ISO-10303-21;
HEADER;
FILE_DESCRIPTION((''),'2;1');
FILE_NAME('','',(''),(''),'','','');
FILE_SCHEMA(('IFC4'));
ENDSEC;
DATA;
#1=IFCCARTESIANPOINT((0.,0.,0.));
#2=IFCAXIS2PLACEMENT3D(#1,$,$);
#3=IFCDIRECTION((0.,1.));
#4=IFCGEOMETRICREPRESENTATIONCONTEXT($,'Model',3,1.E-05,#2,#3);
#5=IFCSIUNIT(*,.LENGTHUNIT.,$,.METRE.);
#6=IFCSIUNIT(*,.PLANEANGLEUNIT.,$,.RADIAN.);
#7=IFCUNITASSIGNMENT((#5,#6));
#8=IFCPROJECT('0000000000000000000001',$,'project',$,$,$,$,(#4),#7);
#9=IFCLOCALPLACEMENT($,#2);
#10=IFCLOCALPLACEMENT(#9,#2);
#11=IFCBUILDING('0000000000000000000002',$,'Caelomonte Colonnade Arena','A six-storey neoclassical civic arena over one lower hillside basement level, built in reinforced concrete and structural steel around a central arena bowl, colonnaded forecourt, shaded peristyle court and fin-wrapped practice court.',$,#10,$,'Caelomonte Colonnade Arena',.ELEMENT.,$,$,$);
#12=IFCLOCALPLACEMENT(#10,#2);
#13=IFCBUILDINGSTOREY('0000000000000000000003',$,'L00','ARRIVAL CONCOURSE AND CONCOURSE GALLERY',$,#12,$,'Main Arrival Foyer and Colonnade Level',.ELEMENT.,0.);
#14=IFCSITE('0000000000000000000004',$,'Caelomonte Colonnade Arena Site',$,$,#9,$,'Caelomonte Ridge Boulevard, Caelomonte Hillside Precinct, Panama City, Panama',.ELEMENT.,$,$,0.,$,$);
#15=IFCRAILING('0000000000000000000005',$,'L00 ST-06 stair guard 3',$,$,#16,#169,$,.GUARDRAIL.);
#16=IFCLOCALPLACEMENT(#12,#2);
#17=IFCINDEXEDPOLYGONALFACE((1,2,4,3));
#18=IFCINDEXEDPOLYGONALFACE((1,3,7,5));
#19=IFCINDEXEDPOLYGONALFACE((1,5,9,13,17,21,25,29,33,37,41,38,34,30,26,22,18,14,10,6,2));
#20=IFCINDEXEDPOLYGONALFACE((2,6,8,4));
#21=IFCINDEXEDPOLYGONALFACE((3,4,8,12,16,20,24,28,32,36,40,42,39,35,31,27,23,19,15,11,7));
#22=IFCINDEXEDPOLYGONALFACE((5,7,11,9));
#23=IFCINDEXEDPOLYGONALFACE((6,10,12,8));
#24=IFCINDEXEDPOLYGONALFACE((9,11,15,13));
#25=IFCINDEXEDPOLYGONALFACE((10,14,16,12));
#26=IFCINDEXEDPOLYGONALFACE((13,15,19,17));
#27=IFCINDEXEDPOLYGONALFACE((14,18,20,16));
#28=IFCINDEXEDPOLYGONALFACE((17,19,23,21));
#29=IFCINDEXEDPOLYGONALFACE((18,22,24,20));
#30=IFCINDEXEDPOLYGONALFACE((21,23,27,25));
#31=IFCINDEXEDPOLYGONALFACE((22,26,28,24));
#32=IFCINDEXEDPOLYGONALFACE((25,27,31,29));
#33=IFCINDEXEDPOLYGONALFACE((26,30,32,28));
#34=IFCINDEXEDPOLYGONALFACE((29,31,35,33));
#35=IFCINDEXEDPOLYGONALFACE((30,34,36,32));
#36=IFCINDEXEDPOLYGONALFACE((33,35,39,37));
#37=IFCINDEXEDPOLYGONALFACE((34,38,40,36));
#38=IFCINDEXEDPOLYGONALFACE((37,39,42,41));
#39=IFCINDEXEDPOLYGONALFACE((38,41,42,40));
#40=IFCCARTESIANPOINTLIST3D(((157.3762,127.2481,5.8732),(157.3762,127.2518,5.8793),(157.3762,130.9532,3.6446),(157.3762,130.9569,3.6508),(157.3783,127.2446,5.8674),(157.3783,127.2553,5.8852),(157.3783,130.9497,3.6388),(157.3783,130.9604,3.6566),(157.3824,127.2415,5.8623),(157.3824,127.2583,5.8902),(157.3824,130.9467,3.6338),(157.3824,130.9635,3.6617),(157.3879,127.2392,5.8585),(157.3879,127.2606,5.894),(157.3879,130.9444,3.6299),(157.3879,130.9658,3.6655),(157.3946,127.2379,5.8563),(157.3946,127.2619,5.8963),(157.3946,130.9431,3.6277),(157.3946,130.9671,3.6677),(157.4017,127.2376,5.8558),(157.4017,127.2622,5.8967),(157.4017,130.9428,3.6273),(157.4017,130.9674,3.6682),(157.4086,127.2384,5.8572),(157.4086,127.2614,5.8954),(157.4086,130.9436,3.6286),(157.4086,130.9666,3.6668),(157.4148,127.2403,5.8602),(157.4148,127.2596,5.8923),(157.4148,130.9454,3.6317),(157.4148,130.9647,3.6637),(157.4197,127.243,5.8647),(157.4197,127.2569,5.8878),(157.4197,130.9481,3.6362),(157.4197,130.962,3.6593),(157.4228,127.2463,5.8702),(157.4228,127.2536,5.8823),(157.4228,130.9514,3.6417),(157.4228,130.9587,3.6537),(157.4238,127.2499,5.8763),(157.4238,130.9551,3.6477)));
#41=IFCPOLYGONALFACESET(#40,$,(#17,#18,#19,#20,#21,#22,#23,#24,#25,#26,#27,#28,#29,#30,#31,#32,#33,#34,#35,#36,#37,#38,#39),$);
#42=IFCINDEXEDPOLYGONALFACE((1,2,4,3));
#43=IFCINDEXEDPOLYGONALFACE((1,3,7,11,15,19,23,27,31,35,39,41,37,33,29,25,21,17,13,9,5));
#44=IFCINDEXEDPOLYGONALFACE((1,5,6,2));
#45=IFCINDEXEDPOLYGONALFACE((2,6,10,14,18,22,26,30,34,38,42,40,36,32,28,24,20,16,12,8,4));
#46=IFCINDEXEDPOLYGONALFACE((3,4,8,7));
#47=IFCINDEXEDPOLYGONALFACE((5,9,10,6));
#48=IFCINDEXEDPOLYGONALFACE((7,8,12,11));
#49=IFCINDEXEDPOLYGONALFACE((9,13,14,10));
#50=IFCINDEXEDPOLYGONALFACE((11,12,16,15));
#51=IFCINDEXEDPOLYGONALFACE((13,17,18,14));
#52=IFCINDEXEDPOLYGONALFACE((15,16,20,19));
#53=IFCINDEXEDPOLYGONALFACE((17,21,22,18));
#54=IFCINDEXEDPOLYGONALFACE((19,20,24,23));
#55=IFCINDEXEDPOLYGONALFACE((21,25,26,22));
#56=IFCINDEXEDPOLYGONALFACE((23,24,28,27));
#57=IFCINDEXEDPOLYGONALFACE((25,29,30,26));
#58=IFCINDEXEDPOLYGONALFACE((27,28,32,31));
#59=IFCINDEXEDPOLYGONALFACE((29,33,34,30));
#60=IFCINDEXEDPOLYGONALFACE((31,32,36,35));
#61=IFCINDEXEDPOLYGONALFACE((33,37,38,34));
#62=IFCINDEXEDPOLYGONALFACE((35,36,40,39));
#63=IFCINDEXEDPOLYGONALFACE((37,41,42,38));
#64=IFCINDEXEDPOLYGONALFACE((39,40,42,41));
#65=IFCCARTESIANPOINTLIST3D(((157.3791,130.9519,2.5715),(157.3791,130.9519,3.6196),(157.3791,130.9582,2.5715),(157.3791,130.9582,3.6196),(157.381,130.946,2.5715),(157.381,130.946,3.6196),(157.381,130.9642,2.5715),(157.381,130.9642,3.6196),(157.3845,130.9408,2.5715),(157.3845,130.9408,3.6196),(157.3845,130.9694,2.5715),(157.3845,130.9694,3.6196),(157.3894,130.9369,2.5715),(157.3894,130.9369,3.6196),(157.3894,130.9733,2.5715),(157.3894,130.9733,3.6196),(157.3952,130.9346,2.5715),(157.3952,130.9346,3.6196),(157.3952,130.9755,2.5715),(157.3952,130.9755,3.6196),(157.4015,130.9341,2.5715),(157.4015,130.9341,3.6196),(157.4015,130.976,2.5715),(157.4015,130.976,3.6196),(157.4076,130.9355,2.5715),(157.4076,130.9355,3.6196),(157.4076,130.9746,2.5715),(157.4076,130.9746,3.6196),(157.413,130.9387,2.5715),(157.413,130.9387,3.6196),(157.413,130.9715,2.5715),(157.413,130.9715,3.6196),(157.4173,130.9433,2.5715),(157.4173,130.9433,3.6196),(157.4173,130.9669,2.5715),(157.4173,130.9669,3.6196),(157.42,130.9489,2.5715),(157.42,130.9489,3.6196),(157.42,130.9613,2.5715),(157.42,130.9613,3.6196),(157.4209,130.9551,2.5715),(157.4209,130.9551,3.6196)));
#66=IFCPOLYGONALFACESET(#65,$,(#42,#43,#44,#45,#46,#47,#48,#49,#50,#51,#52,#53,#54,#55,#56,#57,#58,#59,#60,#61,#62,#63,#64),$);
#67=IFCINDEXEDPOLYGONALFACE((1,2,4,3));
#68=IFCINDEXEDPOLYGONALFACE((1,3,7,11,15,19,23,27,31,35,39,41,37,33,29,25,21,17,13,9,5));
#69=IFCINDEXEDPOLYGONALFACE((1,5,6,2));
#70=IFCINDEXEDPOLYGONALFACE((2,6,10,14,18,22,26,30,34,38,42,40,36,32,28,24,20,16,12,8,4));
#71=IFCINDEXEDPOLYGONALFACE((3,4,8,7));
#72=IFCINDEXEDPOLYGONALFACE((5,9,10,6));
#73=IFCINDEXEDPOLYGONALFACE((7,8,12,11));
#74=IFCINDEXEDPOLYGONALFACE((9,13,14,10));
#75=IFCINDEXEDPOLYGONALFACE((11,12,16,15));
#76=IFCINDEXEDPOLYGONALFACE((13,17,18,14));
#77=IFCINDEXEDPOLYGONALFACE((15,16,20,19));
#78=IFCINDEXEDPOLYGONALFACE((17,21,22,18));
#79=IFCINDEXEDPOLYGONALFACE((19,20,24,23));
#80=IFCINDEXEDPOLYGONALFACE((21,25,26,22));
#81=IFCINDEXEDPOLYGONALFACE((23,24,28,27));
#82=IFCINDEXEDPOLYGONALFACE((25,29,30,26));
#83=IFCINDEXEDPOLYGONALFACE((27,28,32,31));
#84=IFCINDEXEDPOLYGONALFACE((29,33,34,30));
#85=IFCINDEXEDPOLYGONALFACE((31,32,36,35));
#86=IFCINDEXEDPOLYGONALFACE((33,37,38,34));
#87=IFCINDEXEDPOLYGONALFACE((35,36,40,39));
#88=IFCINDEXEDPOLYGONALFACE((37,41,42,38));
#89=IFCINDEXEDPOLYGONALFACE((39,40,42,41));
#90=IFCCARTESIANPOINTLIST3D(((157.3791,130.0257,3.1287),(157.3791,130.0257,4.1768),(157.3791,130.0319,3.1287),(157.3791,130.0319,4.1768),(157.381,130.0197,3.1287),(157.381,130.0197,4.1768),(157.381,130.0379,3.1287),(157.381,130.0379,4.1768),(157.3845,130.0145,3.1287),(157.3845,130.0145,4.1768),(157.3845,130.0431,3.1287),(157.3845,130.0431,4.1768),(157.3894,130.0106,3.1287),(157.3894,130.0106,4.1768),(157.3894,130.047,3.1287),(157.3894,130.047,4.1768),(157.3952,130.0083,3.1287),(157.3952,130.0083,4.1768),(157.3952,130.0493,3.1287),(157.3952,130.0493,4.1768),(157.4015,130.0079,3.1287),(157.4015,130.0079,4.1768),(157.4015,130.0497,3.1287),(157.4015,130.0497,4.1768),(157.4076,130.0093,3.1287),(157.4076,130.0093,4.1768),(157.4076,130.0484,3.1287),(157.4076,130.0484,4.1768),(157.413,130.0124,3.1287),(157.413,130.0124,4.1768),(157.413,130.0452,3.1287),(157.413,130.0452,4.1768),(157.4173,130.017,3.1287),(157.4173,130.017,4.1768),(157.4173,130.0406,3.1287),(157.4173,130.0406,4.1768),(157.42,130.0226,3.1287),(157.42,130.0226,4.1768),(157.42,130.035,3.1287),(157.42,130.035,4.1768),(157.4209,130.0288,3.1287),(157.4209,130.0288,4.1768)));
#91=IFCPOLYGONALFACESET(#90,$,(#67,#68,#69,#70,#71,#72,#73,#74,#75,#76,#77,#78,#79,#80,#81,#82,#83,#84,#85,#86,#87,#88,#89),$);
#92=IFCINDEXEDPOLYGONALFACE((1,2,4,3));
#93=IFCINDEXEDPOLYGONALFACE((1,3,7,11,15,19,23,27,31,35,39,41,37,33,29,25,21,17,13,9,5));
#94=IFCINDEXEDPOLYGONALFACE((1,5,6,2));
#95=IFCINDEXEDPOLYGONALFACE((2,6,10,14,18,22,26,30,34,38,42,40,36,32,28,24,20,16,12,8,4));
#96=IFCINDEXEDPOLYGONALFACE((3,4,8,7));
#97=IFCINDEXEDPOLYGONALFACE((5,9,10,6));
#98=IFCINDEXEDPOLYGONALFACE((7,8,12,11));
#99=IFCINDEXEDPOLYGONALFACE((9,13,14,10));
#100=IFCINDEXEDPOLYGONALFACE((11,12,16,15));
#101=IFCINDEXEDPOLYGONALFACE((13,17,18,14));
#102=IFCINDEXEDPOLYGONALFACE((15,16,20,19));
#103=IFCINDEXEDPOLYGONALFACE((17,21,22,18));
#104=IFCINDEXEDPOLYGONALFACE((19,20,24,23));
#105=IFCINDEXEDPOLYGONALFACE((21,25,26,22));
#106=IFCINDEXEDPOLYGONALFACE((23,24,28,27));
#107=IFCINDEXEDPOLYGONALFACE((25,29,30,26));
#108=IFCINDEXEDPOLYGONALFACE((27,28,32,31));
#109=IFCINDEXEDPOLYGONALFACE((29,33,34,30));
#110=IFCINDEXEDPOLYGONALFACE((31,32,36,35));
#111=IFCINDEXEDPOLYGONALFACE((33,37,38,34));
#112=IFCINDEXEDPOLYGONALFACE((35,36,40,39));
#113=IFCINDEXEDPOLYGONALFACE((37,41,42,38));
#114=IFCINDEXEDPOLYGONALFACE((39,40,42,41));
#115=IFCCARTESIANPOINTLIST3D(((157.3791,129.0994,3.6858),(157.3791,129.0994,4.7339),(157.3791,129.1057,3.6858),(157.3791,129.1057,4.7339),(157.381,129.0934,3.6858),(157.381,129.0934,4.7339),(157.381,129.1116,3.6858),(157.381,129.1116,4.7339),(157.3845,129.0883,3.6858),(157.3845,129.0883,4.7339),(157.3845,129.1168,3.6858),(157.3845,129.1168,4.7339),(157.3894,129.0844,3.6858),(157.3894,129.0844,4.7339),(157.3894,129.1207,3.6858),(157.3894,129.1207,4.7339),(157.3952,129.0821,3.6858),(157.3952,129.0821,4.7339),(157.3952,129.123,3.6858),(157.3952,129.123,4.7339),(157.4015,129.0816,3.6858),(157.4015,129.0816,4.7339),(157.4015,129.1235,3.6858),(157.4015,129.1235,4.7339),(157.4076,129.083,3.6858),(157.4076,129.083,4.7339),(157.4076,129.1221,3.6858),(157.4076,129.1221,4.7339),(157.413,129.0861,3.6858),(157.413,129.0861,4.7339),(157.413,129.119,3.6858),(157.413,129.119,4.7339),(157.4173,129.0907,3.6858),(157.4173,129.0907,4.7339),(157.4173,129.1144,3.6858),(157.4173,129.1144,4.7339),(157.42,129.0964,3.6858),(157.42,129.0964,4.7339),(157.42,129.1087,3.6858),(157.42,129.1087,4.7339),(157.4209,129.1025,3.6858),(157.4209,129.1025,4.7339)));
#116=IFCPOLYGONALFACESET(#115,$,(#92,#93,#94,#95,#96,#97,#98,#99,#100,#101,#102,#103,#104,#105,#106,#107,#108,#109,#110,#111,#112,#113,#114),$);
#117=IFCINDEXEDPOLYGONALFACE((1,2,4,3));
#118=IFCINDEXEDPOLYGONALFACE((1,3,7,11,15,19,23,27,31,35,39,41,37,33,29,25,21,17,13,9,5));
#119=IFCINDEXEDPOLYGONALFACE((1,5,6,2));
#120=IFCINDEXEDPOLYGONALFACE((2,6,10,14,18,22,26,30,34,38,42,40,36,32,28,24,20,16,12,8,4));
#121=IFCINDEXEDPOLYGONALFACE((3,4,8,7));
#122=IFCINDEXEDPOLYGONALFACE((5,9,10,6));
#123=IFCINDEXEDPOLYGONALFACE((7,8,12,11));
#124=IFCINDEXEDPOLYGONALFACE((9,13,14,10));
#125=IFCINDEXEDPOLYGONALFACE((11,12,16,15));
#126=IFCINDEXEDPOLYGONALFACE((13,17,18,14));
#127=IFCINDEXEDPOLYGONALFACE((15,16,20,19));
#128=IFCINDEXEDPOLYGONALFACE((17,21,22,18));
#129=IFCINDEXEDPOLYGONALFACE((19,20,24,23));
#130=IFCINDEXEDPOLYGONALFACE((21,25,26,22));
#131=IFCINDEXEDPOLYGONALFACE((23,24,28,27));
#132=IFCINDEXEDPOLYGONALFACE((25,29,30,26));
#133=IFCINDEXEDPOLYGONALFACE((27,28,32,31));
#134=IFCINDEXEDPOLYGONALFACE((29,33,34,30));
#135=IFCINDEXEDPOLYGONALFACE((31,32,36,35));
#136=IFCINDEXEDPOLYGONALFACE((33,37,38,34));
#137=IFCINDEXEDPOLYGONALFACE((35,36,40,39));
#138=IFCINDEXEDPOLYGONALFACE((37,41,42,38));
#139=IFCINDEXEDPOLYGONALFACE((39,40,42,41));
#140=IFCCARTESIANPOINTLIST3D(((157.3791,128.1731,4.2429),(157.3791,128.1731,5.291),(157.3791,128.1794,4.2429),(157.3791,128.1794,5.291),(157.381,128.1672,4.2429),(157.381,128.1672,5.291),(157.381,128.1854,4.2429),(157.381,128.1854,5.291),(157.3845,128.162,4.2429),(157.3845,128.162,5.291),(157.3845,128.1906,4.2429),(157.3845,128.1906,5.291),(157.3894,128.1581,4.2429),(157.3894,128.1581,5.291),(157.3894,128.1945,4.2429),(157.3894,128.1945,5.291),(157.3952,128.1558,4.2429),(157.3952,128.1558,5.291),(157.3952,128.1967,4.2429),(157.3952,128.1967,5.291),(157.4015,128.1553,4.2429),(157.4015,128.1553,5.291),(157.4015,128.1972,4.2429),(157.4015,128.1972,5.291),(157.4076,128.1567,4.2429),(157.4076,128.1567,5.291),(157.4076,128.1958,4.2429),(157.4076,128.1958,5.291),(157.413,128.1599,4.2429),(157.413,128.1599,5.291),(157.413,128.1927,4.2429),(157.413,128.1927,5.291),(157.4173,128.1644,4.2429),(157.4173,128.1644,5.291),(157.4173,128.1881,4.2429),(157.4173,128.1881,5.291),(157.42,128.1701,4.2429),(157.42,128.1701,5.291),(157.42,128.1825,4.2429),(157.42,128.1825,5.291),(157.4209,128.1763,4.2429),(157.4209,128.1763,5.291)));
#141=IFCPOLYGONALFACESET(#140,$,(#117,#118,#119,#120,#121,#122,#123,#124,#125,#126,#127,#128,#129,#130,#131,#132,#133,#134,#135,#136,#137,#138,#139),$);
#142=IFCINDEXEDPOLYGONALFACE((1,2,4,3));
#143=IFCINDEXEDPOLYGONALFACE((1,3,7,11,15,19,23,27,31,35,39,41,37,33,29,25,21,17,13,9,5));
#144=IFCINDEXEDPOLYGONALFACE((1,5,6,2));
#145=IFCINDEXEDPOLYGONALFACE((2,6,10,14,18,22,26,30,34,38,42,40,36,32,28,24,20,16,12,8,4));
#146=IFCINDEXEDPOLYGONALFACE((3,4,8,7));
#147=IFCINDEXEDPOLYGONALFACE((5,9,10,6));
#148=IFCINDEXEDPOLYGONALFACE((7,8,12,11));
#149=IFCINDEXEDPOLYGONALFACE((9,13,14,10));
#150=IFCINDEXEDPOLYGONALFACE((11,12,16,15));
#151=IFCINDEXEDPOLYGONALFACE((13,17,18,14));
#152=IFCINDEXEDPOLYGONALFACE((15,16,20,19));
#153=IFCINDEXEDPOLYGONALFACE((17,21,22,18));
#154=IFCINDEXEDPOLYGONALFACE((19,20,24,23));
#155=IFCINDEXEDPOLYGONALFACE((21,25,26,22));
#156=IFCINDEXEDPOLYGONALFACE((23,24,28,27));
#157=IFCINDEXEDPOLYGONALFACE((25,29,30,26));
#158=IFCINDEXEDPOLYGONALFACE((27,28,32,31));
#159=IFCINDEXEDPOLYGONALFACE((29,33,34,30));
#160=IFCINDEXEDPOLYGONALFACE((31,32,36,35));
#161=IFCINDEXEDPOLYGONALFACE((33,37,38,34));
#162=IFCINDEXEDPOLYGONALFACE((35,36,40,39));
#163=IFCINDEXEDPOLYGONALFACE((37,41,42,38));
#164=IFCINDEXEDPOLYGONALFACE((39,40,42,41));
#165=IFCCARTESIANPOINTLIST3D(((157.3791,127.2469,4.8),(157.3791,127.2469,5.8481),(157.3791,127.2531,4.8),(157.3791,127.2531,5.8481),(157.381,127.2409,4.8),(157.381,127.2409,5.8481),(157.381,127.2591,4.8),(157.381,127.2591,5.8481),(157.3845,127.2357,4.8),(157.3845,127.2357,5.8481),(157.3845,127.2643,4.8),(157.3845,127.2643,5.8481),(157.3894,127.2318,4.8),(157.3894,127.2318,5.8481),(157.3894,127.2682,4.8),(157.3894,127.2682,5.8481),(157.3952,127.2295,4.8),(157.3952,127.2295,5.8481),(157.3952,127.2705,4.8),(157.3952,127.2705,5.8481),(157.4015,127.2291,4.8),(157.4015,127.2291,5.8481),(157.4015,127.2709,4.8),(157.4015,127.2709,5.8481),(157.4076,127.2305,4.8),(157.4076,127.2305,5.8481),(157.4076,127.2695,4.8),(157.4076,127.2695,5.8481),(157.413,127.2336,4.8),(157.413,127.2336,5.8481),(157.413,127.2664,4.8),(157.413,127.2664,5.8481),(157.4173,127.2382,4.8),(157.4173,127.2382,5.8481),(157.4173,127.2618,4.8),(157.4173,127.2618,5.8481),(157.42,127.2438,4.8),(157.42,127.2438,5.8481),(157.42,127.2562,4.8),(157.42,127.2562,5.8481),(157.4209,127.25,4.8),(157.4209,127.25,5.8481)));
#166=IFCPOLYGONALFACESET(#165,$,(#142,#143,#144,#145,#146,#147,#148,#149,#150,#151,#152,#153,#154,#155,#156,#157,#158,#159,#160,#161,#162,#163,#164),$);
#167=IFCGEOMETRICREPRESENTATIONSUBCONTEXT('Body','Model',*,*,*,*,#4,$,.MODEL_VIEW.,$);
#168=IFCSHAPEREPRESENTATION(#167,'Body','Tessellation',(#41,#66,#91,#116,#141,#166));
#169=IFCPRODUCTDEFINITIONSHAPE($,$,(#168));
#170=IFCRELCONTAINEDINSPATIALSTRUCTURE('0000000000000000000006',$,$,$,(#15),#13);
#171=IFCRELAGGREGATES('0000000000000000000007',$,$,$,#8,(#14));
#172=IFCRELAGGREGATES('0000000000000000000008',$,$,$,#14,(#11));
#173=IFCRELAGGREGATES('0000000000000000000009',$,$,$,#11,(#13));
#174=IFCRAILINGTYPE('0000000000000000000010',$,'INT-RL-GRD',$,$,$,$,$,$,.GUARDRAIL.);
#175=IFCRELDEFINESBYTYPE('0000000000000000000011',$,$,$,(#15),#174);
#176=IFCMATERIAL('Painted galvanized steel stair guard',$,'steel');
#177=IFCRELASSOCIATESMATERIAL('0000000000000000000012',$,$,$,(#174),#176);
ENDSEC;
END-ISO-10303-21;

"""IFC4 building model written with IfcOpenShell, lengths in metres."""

from ifc_helpers import new_model, si_unit, direction, frame, origin, origin_2d, place, context, subcontext, project, spatial, circle, extrude, material, type_object, element, save


model = new_model("IFC4")

# Units and contexts
model_context = context("Model", 3, precision=1e-05, world=origin(), true_north=direction((0.0, 1.0)))
body_context = subcontext(model_context, "Body", "Model", "MODEL_VIEW")
ifc_project = project(units=[si_unit("LENGTHUNIT", "METRE"), si_unit("PLANEANGLEUNIT", "RADIAN")], contexts=[model_context])

# Site, building, storey
site_placement = place(None, origin())
site = spatial("IfcSite", under=ifc_project, at=site_placement, Name="Caelomonte Colonnade Arena Site", LongName="Caelomonte Ridge Boulevard, Caelomonte Hillside Precinct, Panama City, Panama", CompositionType="ELEMENT", RefElevation=0.0)
building_placement = place(site_placement, origin())
building = spatial("IfcBuilding", under=site, at=building_placement, Name="Caelomonte Colonnade Arena", Description="A six-storey neoclassical civic arena over one lower hillside basement level, built in reinforced concrete and structural steel around a central arena bowl, colonnaded forecourt, shaded peristyle court and fin-wrapped practice court.", LongName="Caelomonte Colonnade Arena", CompositionType="ELEMENT")
storey_placement = place(building_placement, origin())
storey = spatial("IfcBuildingStorey", under=building, at=storey_placement, Name="L00", Description="ARRIVAL CONCOURSE AND CONCOURSE GALLERY", LongName="Main Arrival Foyer and Colonnade Level", CompositionType="ELEMENT", Elevation=0.0)

# Railing
ifc_material_1 = material(Name="Painted galvanized steel stair guard", Category="steel")
railing_type = type_object("IfcRailingType", Name="INT-RL-GRD", PredefinedType="GUARDRAIL", material=ifc_material_1)
railing_placement = place(storey_placement, frame((157.3999, 130.9551, 2.5715)))
element("IfcRailing", 1, at=railing_placement, inside=storey, type_object=railing_type, Name="L00 ST-06 stair guard 3", PredefinedType="GUARDRAIL", context=body_context, shape_type="SweptSolid", body=[
    extrude(circle(Radius=0.0239, at=origin_2d()), frame((0.0, 0.0, 1.0762), z_axis=(0.0, -0.856934, 0.515425), x_axis=(1.0, 0.0, 0.0)), (0.0, 0.0, 1.0), 4.3237),
    extrude(circle(Radius=0.021, at=origin_2d()), origin(), (0.0, 0.0, 1.0), 1.0481),
    extrude(circle(Radius=0.021, at=origin_2d()), frame((0.0, -0.9263, 0.5571)), (0.0, 0.0, 1.0), 1.0481),
    extrude(circle(Radius=0.021, at=origin_2d()), frame((0.0, -1.8525, 1.1143)), (0.0, 0.0, 1.0), 1.0481),
    extrude(circle(Radius=0.021, at=origin_2d()), frame((0.0, -2.7788, 1.6714)), (0.0, 0.0, 1.0), 1.0481),
    extrude(circle(Radius=0.021, at=origin_2d()), frame((0.0, -3.7051, 2.2285)), (0.0, 0.0, 1.0), 1.0481),
])

save(model, "model.ifc")
